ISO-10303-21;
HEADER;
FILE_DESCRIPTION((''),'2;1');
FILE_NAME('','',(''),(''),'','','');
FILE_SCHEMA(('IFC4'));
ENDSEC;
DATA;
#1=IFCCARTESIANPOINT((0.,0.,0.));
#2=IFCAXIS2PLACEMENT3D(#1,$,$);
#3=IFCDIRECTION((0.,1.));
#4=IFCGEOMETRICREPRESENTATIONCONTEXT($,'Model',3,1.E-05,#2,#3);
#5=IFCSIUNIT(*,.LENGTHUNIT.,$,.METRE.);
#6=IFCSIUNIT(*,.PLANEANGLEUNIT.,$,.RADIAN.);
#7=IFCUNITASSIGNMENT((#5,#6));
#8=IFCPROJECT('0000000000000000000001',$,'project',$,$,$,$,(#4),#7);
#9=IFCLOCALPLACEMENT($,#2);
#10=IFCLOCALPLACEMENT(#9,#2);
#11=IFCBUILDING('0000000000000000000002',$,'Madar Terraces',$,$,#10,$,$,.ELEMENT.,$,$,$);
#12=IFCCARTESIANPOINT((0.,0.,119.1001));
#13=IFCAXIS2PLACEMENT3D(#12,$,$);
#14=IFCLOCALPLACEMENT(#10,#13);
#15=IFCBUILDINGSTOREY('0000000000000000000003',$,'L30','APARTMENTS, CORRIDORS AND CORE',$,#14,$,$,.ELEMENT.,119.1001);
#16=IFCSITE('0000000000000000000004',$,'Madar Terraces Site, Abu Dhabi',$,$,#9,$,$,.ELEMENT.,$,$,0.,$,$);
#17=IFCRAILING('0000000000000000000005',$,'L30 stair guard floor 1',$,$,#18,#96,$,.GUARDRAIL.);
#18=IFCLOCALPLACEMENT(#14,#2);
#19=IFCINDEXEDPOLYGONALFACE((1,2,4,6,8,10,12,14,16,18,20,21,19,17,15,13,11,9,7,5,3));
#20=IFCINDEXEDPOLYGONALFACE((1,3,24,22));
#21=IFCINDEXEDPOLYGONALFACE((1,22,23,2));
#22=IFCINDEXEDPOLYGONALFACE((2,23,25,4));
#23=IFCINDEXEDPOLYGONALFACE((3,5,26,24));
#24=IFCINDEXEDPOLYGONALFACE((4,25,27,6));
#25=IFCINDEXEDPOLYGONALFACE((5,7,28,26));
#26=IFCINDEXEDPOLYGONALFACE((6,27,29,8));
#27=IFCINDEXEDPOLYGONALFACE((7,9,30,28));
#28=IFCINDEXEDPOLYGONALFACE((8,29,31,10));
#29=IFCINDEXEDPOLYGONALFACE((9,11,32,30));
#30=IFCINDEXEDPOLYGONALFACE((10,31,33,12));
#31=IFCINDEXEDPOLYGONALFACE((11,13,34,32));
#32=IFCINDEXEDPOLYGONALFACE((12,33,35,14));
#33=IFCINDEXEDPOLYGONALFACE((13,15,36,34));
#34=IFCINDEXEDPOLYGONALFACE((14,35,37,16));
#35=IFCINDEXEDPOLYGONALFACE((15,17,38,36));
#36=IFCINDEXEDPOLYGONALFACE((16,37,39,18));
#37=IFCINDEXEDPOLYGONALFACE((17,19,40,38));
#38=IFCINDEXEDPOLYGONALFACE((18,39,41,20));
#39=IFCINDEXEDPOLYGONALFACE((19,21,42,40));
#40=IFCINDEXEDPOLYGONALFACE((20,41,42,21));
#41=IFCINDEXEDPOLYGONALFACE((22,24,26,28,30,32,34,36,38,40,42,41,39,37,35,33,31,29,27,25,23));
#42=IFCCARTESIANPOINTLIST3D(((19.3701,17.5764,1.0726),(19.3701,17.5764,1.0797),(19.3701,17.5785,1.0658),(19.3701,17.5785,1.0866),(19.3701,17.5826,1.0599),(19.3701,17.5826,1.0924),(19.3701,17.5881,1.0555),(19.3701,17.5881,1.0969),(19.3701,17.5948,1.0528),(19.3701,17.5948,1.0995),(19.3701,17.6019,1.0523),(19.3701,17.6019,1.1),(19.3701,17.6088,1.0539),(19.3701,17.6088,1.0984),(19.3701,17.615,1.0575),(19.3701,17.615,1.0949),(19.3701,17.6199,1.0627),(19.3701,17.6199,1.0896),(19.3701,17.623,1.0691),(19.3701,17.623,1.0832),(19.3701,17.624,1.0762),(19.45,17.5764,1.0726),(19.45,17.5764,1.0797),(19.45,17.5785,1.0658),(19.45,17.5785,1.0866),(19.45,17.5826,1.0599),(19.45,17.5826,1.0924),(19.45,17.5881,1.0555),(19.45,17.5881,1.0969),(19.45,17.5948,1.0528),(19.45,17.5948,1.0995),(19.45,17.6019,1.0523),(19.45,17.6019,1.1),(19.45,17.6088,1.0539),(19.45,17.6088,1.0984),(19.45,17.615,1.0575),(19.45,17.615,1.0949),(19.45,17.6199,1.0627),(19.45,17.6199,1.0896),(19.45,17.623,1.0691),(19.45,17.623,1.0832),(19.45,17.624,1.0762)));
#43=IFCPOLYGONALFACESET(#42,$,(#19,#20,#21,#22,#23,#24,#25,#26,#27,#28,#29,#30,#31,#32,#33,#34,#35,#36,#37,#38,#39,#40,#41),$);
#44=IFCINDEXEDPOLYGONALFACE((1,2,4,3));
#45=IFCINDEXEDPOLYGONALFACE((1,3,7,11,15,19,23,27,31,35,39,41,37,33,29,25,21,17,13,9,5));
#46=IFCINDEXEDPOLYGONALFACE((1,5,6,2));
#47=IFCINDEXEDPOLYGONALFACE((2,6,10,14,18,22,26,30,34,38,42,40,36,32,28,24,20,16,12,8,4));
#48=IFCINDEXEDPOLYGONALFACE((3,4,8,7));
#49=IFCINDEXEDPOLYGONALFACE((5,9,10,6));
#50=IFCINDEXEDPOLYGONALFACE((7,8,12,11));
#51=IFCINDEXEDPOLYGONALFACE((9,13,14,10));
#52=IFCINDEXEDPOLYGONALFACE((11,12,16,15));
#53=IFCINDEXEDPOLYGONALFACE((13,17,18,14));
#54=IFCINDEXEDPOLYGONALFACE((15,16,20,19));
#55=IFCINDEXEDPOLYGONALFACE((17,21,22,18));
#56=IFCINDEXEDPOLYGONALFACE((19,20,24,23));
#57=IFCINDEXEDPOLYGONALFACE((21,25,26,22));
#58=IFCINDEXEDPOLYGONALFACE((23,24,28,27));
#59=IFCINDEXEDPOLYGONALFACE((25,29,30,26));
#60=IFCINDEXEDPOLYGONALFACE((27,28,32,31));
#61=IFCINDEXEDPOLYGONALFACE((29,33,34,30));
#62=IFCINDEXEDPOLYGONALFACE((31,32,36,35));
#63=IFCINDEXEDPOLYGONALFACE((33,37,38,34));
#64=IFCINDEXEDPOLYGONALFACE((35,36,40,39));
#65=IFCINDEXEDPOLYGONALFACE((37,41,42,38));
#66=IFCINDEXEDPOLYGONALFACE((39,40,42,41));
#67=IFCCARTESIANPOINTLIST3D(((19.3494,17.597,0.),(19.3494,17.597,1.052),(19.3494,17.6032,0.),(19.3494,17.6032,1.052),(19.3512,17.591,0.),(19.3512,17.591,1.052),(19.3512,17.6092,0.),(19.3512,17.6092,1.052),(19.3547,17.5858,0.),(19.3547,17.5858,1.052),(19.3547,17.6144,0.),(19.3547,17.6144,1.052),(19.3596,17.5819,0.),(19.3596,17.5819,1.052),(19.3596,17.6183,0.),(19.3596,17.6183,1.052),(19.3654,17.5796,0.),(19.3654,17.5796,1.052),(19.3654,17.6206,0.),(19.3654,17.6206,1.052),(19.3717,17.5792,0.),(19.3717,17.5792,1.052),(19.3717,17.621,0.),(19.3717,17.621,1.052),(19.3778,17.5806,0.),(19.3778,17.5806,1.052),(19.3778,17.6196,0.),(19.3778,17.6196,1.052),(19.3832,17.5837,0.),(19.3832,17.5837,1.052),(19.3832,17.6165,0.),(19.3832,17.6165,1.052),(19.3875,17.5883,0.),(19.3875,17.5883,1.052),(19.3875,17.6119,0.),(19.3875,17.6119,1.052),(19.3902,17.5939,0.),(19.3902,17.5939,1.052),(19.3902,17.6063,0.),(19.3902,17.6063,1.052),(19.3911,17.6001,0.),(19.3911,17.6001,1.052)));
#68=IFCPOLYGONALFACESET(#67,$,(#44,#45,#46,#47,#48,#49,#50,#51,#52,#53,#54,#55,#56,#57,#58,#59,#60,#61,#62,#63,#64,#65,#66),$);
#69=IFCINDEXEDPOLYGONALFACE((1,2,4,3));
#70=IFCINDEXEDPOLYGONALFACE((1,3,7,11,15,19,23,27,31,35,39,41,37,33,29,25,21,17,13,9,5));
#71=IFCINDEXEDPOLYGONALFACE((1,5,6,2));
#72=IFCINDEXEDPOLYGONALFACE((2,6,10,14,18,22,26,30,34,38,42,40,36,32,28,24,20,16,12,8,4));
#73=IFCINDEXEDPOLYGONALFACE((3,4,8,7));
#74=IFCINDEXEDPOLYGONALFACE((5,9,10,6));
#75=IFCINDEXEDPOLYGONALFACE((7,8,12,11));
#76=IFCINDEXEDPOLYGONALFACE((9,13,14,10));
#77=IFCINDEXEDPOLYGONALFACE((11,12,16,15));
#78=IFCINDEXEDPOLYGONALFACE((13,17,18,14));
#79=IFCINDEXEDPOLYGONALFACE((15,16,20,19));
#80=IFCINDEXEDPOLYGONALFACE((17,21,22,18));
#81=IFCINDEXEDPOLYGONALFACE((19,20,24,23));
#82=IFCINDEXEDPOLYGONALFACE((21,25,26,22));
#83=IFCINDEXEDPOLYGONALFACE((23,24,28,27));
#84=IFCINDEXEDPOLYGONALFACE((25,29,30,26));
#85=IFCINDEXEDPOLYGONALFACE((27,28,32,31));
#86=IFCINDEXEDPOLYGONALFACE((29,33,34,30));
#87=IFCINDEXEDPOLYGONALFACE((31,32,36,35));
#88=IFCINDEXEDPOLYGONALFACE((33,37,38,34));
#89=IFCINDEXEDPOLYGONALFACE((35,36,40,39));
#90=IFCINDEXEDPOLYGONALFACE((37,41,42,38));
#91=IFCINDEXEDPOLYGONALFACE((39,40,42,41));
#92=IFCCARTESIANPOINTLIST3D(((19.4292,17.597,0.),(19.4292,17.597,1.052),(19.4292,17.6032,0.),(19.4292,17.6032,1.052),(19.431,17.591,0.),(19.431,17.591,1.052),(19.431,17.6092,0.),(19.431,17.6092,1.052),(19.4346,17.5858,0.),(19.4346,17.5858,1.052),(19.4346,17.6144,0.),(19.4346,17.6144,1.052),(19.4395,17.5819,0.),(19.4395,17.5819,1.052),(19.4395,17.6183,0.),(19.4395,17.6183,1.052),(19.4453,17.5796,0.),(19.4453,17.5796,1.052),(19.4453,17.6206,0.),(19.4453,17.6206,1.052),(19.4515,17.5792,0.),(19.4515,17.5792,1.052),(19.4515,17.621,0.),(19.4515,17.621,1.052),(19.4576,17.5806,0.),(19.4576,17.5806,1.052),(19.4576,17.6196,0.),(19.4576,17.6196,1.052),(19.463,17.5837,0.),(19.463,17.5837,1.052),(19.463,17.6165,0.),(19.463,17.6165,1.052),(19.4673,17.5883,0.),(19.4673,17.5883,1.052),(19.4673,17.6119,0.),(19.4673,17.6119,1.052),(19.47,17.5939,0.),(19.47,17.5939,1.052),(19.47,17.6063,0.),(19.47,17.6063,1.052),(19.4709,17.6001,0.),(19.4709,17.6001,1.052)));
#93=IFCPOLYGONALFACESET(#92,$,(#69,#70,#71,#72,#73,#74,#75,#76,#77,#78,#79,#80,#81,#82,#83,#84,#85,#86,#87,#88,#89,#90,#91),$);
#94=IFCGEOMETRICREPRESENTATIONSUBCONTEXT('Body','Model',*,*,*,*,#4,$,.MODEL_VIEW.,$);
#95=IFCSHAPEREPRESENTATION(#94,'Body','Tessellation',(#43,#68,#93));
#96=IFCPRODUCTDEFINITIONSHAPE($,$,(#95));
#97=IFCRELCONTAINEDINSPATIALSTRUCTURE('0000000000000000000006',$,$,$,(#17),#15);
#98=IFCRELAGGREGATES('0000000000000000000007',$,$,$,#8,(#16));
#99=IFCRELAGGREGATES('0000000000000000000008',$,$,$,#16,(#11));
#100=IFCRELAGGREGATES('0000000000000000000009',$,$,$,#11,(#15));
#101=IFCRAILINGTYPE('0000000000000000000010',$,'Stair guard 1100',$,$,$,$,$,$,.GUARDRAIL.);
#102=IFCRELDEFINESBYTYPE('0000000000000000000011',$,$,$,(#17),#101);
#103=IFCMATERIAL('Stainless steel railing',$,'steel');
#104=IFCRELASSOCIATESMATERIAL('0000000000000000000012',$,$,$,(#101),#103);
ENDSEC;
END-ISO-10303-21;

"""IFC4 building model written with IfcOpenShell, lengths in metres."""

from ifc_helpers import new_model, si_unit, direction, frame, origin, origin_2d, place, context, subcontext, project, spatial, circle, extrude, material, type_object, element, save


model = new_model("IFC4")

# Units and contexts
model_context = context("Model", 3, precision=1e-05, world=origin(), true_north=direction((0.0, 1.0)))
body_context = subcontext(model_context, "Body", "Model", "MODEL_VIEW")
ifc_project = project(units=[si_unit("LENGTHUNIT", "METRE"), si_unit("PLANEANGLEUNIT", "RADIAN")], contexts=[model_context])

# Site, building, storey
site_placement = place(None, origin())
site = spatial("IfcSite", under=ifc_project, at=site_placement, Name="Madar Terraces Site, Abu Dhabi", CompositionType="ELEMENT", RefElevation=0.0)
building_placement = place(site_placement, origin())
building = spatial("IfcBuilding", under=site, at=building_placement, Name="Madar Terraces", CompositionType="ELEMENT")
storey_placement = place(building_placement, frame((0.0, 0.0, 119.1001)))
storey = spatial("IfcBuildingStorey", under=building, at=storey_placement, Name="L30", Description="APARTMENTS, CORRIDORS AND CORE", CompositionType="ELEMENT", Elevation=119.1001)

# Railing
ifc_material_1 = material(Name="Stainless steel railing", Category="steel")
railing_type_1 = type_object("IfcRailingType", Name="Stair guard 1100", PredefinedType="GUARDRAIL", material=ifc_material_1)
for number, where, name in (
    (1, (19.3701, 17.6001, 0.0), "L30 stair guard floor 1"),
):
    element("IfcRailing", number, at=place(storey_placement, frame(where)), inside=storey, type_object=railing_type_1, Name=name, PredefinedType="GUARDRAIL", context=body_context, shape_type="SweptSolid", body=[
        extrude(circle(Radius=0.0239, at=origin_2d()), frame((0.0, 0.0, 1.0762), z_axis=(1.0, 0.0, 0.0), x_axis=(0.0, 1.0, 0.0)), (0.0, 0.0, 1.0), 0.0798),
        extrude(circle(Radius=0.021, at=origin_2d()), origin(), (0.0, 0.0, 1.0), 1.052),
        extrude(circle(Radius=0.021, at=origin_2d()), frame((0.0798, 0.0, 0.0)), (0.0, 0.0, 1.0), 1.052),
    ])

save(model, "model.ifc")
